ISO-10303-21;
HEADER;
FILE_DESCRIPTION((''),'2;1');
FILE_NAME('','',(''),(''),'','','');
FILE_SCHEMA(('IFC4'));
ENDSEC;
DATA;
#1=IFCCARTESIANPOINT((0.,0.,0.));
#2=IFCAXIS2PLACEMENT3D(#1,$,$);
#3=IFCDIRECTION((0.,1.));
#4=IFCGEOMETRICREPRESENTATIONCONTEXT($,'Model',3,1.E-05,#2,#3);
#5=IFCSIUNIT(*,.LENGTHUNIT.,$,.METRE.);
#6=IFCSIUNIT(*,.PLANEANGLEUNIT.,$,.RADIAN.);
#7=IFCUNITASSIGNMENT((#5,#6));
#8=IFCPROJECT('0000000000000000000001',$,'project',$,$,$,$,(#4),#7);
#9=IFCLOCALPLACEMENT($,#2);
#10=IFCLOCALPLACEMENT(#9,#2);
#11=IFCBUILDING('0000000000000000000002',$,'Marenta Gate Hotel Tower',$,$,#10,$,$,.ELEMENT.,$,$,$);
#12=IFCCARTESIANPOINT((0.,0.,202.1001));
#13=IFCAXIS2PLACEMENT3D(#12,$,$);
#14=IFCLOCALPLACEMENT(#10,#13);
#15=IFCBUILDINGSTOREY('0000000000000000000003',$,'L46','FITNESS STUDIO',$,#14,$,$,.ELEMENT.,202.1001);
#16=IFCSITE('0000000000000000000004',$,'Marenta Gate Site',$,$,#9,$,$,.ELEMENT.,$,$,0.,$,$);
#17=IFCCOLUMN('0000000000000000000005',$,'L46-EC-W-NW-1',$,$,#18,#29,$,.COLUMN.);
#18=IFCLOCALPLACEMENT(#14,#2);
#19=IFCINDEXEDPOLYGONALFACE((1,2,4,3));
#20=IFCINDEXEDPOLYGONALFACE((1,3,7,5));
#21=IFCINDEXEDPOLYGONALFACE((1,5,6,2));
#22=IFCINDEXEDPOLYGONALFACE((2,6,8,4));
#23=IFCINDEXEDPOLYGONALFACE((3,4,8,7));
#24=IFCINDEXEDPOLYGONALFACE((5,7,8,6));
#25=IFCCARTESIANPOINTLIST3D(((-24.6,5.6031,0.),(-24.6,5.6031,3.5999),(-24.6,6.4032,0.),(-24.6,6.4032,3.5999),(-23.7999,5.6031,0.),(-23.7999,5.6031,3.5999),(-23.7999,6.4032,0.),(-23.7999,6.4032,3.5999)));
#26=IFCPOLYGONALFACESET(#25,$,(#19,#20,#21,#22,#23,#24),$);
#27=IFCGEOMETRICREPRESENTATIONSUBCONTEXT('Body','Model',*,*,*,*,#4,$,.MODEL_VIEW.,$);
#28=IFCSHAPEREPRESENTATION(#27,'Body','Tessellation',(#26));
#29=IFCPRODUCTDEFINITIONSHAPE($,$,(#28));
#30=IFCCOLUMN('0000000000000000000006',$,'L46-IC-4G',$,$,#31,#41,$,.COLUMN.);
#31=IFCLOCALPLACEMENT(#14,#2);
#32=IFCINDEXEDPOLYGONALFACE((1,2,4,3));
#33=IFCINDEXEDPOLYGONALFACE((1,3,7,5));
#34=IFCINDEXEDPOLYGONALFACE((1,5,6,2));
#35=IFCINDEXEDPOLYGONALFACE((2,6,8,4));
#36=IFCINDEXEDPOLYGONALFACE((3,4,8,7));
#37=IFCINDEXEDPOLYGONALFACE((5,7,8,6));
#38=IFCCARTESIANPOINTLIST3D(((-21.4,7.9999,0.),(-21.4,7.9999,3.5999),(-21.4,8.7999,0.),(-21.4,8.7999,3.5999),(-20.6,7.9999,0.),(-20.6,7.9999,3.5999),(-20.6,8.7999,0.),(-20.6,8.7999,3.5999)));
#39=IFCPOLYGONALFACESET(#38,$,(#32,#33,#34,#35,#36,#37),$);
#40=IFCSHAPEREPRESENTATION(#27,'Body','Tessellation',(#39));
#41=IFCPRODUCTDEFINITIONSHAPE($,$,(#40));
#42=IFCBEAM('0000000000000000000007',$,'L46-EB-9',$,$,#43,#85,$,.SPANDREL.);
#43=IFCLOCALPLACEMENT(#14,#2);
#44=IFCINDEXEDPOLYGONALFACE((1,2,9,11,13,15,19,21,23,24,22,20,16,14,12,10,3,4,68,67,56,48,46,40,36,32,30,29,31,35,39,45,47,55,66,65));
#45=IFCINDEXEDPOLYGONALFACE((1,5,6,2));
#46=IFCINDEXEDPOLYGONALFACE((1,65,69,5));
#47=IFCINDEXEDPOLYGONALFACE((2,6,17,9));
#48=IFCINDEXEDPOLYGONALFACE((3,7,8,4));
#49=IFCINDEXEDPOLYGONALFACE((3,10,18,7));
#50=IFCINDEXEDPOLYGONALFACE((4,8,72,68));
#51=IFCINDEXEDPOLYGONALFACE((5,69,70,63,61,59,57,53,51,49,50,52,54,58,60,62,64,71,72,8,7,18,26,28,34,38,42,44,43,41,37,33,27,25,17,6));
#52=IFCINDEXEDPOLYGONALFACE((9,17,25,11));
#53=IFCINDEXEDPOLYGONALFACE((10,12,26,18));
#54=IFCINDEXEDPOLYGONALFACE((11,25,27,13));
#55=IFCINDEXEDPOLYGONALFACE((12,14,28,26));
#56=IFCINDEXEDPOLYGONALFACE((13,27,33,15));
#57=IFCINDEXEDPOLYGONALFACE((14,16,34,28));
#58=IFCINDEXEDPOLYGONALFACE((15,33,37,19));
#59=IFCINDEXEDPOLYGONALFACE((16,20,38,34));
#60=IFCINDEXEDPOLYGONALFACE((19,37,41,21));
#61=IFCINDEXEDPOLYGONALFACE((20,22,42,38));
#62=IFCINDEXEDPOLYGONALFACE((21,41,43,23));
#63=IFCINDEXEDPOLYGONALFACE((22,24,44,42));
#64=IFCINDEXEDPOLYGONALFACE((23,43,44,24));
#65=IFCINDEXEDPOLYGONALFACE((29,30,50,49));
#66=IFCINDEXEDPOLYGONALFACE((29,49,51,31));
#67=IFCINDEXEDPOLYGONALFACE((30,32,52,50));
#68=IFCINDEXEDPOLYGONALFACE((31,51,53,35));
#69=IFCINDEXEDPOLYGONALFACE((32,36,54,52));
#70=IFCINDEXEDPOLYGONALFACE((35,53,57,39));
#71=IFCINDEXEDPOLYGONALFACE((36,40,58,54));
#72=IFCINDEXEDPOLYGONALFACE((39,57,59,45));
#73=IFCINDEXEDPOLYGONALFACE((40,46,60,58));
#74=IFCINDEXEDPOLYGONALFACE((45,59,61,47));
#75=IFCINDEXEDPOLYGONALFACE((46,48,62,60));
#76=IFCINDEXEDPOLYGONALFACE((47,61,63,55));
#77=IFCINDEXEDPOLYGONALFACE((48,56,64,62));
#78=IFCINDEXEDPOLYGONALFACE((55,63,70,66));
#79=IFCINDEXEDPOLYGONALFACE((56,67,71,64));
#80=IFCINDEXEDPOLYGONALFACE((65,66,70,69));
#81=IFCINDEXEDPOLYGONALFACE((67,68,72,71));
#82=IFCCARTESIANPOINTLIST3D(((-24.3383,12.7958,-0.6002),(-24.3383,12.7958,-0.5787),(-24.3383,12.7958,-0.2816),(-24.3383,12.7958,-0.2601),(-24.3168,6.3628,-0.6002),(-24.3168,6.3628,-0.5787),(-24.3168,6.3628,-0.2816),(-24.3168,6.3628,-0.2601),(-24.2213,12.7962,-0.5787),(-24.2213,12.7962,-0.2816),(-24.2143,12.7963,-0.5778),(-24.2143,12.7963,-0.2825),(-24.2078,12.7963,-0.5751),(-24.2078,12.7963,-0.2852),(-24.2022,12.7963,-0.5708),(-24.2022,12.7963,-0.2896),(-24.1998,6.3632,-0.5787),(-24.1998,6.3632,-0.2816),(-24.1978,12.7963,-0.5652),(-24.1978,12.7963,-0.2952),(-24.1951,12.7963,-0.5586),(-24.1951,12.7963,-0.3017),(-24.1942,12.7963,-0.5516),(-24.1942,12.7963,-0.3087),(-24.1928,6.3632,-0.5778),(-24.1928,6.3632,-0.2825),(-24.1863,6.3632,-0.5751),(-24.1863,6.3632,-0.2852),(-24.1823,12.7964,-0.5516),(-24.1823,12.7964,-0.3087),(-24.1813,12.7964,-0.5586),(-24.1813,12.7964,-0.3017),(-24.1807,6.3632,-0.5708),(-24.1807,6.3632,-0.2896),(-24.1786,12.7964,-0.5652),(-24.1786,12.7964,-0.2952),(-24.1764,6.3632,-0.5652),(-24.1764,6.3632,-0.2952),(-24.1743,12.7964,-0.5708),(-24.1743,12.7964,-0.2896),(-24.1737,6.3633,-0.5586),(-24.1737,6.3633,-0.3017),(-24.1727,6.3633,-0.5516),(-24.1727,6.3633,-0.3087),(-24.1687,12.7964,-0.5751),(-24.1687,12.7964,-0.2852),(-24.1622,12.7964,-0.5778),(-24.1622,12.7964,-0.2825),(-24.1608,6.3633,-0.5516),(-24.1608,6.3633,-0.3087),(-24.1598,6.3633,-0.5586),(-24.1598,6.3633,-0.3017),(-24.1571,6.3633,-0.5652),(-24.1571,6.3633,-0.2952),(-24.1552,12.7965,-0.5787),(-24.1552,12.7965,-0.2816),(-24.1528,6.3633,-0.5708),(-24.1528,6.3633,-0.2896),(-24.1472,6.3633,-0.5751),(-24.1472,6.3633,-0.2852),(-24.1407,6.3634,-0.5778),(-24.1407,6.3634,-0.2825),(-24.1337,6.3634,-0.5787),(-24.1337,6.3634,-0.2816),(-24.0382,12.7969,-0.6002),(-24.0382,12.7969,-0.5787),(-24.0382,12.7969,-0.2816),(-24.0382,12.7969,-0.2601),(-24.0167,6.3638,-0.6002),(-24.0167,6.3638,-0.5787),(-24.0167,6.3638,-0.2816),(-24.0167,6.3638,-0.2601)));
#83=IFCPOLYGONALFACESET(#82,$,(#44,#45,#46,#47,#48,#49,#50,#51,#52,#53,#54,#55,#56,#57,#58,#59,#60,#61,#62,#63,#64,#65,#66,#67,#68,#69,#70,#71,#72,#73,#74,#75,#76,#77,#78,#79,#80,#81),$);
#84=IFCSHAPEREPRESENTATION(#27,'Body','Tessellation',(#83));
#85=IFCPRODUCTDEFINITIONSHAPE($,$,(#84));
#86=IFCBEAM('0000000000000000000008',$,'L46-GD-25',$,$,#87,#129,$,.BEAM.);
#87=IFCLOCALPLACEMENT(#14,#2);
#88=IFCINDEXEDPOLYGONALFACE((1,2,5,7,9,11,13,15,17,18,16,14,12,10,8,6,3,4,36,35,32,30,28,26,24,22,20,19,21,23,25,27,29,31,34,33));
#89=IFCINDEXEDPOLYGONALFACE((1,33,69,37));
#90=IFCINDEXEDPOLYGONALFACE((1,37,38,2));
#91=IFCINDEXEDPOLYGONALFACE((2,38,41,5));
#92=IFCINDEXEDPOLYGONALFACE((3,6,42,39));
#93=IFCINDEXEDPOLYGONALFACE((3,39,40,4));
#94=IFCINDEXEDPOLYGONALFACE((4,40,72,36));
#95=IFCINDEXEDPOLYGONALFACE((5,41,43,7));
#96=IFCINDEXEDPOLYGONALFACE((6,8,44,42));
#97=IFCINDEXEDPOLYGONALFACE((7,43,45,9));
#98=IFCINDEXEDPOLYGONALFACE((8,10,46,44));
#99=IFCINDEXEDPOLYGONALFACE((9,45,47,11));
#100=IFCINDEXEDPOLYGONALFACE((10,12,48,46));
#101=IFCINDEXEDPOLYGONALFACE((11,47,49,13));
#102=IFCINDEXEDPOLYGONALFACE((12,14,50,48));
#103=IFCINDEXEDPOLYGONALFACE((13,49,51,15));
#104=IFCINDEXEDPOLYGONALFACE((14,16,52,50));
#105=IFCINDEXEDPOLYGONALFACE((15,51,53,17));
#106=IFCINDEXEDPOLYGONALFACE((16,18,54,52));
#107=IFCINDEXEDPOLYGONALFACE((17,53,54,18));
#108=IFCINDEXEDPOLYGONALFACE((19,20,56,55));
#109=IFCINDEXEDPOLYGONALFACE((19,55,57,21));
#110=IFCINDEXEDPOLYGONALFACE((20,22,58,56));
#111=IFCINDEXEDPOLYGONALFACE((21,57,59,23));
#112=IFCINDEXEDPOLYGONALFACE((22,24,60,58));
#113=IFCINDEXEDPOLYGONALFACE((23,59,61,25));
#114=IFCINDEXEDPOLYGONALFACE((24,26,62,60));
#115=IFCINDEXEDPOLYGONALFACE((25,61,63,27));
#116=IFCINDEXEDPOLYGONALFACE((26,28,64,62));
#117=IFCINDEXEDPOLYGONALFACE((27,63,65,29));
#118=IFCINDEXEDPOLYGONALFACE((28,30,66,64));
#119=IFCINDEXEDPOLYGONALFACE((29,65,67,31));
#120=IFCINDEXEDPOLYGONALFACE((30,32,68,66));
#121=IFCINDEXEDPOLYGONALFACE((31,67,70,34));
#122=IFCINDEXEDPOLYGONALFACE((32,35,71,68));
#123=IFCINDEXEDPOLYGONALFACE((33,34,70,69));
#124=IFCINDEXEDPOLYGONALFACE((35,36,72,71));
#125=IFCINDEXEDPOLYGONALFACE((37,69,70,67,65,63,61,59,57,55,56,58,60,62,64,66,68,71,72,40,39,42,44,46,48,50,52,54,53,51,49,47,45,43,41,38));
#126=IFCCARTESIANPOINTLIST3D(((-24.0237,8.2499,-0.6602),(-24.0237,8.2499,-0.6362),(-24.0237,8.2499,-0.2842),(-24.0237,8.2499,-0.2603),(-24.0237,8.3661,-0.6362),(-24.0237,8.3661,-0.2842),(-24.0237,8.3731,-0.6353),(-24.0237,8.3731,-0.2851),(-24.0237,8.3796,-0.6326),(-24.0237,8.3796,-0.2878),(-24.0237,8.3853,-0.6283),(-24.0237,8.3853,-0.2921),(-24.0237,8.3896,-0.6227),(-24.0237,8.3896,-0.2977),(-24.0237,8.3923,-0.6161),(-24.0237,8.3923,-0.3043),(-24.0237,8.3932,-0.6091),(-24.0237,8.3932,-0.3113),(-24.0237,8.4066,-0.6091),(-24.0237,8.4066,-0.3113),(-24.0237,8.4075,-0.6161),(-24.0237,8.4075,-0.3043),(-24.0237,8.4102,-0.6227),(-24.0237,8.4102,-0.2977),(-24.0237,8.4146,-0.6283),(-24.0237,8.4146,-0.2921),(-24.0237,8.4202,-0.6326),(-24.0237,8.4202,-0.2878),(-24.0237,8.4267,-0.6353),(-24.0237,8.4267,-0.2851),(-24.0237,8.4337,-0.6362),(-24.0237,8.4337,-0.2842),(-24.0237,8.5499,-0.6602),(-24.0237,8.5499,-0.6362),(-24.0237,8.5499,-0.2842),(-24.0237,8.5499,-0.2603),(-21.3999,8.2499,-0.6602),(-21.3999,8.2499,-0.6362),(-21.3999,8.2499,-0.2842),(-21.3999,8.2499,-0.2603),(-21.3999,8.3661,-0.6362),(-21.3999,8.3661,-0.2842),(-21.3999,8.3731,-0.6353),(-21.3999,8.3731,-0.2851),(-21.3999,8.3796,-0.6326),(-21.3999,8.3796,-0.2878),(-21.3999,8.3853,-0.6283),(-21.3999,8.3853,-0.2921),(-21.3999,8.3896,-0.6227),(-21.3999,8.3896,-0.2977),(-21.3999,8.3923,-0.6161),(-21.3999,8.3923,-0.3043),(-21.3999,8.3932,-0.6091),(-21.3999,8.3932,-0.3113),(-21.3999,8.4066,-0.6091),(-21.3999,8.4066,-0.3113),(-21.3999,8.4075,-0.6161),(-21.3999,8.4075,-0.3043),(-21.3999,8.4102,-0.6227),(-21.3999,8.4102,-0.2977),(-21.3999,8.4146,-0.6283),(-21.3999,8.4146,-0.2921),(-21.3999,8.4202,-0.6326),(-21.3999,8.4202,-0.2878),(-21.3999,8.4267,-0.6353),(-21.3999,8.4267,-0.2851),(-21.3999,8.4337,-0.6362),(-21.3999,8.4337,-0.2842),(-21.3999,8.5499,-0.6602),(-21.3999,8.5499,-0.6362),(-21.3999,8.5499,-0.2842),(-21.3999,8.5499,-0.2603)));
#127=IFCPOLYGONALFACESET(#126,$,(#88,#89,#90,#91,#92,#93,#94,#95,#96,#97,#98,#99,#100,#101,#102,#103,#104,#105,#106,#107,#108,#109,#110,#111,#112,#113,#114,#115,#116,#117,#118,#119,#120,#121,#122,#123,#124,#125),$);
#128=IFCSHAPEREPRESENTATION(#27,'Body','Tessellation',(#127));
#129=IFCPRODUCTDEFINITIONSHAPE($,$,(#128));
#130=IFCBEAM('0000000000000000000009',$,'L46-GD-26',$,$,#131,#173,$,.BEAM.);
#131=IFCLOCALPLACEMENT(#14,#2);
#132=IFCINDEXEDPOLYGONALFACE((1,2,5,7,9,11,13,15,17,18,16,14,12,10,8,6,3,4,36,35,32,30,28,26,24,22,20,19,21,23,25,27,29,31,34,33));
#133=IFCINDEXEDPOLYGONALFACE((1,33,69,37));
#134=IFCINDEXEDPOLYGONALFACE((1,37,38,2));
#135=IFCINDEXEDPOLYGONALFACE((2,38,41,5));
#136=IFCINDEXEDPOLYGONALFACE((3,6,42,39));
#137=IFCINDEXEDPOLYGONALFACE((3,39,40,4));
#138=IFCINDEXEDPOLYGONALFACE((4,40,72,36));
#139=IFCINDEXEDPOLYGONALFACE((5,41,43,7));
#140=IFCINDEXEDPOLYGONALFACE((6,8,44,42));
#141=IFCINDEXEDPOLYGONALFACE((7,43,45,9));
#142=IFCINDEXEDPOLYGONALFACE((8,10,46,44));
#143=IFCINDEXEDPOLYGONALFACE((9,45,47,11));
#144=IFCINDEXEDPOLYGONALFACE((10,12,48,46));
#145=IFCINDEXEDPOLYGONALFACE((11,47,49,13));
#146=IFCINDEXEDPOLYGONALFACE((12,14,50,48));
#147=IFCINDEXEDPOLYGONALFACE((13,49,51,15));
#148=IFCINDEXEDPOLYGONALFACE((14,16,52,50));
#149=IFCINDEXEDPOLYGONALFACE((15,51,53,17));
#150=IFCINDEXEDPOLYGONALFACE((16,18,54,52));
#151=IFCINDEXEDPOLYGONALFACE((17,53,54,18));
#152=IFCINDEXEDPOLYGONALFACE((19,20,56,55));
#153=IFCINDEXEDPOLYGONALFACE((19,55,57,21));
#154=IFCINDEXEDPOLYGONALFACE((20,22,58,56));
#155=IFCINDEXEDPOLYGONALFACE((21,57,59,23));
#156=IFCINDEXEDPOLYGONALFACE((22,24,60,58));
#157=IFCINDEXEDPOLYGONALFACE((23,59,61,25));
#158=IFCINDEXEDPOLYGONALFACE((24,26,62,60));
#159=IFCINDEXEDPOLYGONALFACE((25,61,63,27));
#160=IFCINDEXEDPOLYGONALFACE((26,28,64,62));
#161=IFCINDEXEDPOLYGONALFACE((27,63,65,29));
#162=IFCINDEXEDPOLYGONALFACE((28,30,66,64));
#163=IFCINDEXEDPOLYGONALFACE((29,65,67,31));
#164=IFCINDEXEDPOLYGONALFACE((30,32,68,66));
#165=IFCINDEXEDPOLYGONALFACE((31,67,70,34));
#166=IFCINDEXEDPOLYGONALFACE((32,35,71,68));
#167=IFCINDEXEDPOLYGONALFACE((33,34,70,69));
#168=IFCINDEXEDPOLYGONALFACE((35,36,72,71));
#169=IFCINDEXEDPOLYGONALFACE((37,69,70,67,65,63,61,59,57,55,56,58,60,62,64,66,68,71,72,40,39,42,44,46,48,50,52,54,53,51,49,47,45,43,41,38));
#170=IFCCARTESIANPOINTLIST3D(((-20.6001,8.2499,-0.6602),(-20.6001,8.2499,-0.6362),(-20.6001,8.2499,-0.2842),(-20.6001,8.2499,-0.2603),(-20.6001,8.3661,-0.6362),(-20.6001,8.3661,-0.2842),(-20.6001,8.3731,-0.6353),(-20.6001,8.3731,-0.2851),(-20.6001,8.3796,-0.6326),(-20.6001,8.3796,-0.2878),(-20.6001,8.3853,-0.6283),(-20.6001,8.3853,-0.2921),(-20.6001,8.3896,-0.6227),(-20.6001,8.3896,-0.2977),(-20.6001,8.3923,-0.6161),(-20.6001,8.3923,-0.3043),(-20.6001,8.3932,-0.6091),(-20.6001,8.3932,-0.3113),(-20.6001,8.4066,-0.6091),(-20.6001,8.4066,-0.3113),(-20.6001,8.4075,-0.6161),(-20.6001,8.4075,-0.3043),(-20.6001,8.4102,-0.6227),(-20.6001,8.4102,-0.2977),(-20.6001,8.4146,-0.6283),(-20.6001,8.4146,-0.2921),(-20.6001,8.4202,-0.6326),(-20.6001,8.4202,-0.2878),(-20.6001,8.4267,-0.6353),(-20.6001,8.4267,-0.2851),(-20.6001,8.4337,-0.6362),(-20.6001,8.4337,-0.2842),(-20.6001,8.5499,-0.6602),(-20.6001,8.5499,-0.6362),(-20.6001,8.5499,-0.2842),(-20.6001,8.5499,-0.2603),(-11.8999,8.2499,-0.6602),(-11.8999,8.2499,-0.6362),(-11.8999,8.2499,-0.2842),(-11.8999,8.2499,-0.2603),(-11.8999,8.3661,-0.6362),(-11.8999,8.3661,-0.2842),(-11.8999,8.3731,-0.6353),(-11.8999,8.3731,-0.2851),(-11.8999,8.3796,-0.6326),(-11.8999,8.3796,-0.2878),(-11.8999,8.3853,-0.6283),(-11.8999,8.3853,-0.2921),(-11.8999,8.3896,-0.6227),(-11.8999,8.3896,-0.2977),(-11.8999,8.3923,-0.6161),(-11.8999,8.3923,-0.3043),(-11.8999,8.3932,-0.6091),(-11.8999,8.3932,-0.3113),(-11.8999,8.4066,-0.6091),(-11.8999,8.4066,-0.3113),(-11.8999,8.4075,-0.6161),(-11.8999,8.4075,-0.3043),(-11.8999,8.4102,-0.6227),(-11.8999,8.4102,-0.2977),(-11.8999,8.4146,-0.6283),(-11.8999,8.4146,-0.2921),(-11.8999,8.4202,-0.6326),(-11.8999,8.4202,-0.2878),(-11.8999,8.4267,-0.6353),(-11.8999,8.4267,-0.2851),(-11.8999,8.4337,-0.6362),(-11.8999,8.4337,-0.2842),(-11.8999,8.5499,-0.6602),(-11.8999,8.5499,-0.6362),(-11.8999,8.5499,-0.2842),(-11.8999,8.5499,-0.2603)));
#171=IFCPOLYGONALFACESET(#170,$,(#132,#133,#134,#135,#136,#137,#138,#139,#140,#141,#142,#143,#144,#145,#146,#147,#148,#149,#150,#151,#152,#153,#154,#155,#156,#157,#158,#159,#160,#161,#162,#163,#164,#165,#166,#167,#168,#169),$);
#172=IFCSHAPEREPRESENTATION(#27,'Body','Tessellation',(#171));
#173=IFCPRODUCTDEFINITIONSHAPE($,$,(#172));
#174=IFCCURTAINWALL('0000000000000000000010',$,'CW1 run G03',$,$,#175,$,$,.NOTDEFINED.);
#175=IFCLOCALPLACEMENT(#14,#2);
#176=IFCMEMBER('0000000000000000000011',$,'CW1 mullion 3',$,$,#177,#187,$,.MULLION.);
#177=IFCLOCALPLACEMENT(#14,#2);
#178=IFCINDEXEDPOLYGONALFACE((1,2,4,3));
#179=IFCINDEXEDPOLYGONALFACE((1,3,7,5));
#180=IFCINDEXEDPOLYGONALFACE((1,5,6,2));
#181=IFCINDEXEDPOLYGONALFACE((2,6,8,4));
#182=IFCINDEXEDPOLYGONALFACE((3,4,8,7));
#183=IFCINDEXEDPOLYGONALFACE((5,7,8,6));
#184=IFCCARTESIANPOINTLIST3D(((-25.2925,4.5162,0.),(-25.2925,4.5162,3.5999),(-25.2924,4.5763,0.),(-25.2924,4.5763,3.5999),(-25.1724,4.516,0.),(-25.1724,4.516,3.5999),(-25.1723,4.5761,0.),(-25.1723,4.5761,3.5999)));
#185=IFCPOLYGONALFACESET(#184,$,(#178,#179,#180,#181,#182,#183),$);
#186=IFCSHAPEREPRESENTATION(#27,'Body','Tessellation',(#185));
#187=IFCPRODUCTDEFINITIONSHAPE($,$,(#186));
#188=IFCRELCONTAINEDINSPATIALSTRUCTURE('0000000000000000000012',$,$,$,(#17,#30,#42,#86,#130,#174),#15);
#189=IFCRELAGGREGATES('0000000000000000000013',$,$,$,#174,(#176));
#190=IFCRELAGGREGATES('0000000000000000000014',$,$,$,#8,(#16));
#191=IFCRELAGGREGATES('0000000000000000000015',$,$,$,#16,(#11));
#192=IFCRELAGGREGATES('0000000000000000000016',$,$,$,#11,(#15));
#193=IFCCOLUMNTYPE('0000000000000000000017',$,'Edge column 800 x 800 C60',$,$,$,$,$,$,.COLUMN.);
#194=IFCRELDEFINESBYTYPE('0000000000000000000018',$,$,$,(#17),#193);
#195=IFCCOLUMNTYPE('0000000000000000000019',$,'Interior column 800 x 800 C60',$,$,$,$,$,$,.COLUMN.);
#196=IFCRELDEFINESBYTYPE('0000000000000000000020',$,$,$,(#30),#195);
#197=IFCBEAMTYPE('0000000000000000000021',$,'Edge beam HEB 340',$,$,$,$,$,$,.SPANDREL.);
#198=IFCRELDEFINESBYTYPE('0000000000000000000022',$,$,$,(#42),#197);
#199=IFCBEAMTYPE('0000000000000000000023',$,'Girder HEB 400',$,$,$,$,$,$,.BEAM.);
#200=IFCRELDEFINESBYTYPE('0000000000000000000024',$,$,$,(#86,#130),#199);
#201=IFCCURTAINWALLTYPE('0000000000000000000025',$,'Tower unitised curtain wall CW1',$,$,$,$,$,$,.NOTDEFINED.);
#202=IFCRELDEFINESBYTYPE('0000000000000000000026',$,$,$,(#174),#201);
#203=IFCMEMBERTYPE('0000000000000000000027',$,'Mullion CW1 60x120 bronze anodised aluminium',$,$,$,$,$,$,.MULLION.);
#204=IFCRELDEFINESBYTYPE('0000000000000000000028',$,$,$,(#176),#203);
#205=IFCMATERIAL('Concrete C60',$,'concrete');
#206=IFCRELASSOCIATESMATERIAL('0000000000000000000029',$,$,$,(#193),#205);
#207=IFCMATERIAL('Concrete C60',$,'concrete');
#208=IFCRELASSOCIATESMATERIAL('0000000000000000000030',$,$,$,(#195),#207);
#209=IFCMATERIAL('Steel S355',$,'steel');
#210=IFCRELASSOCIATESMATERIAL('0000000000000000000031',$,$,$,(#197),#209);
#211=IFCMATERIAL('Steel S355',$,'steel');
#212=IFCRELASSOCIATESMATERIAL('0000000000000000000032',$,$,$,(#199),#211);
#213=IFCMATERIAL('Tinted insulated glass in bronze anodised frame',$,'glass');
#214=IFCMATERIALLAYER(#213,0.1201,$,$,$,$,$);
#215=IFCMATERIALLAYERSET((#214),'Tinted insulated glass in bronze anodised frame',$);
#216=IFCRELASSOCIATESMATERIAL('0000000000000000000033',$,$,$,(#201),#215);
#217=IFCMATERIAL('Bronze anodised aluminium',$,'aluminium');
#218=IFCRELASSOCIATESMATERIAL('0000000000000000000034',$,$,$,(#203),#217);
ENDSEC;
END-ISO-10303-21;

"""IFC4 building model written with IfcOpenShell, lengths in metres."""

from ifc_helpers import new_model, si_unit, direction, frame, origin, origin_2d, place, context, subcontext, project, spatial, rectangle, i_section, extrude, material, layer, layer_set, material_profile, profile_set, type_object, element, aggregate, save


model = new_model("IFC4")

# Units and contexts
model_context = context("Model", 3, precision=1e-05, world=origin(), true_north=direction((0.0, 1.0)))
body_context = subcontext(model_context, "Body", "Model", "MODEL_VIEW")
ifc_project = project(units=[si_unit("LENGTHUNIT", "METRE"), si_unit("PLANEANGLEUNIT", "RADIAN")], contexts=[model_context])

# Site, building, storey
site_placement = place(None, origin())
site = spatial("IfcSite", under=ifc_project, at=site_placement, Name="Marenta Gate Site", CompositionType="ELEMENT", RefElevation=0.0)
building_placement = place(site_placement, origin())
building = spatial("IfcBuilding", under=site, at=building_placement, Name="Marenta Gate Hotel Tower", CompositionType="ELEMENT")
storey_placement = place(building_placement, frame((0.0, 0.0, 202.1001)))
storey = spatial("IfcBuildingStorey", under=building, at=storey_placement, Name="L46", Description="FITNESS STUDIO", CompositionType="ELEMENT", Elevation=202.1001)

# Columns
ifc_material_1 = material(Name="Concrete C60", Category="concrete")
ifc_material_profile_1 = material_profile(ifc_material_1, rectangle(XDim=0.8, YDim=0.8, at=origin_2d()), Name="800 x 800")
ifc_profile_set_1 = profile_set([ifc_material_profile_1], Name="Concrete C60")
column_type_1 = type_object("IfcColumnType", Name="Edge column 800 x 800 C60", PredefinedType="COLUMN", material=ifc_profile_set_1)
column_1_placement = place(storey_placement, frame((-24.2, 6.0032, 0.0), z_axis=(0.0, 0.0, 1.0), x_axis=(1.0, 0.0, 0.0)))
element("IfcColumn", 1, at=column_1_placement, inside=storey, type_object=column_type_1, Name="L46-EC-W-NW-1", PredefinedType="COLUMN", context=body_context, shape_type="SweptSolid", body=[
    extrude(rectangle(XDim=0.8, YDim=0.8, at=origin_2d()), origin(), (0.0, 0.0, 1.0), 3.5999),
])
ifc_material_2 = material(Name="Concrete C60", Category="concrete")
ifc_material_profile_2 = material_profile(ifc_material_2, rectangle(XDim=0.8, YDim=0.8, at=origin_2d()), Name="800 x 800")
ifc_profile_set_2 = profile_set([ifc_material_profile_2], Name="Concrete C60")
column_type_2 = type_object("IfcColumnType", Name="Interior column 800 x 800 C60", PredefinedType="COLUMN", material=ifc_profile_set_2)
column_2_placement = place(storey_placement, frame((-21.0, 8.3999, 0.0), z_axis=(0.0, 0.0, 1.0), x_axis=(1.0, 0.0, 0.0)))
element("IfcColumn", 2, at=column_2_placement, inside=storey, type_object=column_type_2, Name="L46-IC-4G", PredefinedType="COLUMN", context=body_context, shape_type="SweptSolid", body=[
    extrude(rectangle(XDim=0.8, YDim=0.8, at=origin_2d()), origin(), (0.0, 0.0, 1.0), 3.5999),
])

# Beams
ifc_material_3 = material(Name="Steel S355", Category="steel")
ifc_material_profile_3 = material_profile(ifc_material_3, i_section(OverallWidth=0.3, OverallDepth=0.3401, WebThickness=0.012, FlangeThickness=0.0215, FilletRadius=0.0271, at=origin_2d()), Name="HEB 340")
ifc_profile_set_3 = profile_set([ifc_material_profile_3], Name="Steel S355")
beam_type_1 = type_object("IfcBeamType", Name="Edge beam HEB 340", PredefinedType="SPANDREL", material=ifc_profile_set_3)
beam_1_placement = place(storey_placement, frame((-24.1667, 6.3633, -0.4302), z_axis=(-0.00334, 0.999994, 0.0), x_axis=(-0.999994, -0.00334, 0.0)))
element("IfcBeam", 3, at=beam_1_placement, inside=storey, type_object=beam_type_1, Name="L46-EB-9", PredefinedType="SPANDREL", context=body_context, shape_type="SweptSolid", body=[
    extrude(i_section(OverallWidth=0.3, OverallDepth=0.3401, WebThickness=0.012, FlangeThickness=0.0215, FilletRadius=0.0271, at=origin_2d()), origin(), (0.0, 0.0, 1.0), 6.4331),
])
ifc_material_4 = material(Name="Steel S355", Category="steel")
ifc_material_profile_4 = material_profile(ifc_material_4, i_section(OverallWidth=0.3, OverallDepth=0.3999, WebThickness=0.0134, FlangeThickness=0.0239, FilletRadius=0.0271, at=origin_2d()), Name="HEB 400")
ifc_profile_set_4 = profile_set([ifc_material_profile_4], Name="Steel S355")
beam_type_2 = type_object("IfcBeamType", Name="Girder HEB 400", PredefinedType="BEAM", material=ifc_profile_set_4)
beam_2_placement = place(storey_placement, frame((-24.0237, 8.3999, -0.4602), z_axis=(1.0, 0.0, 0.0), x_axis=(0.0, 1.0, 0.0)))
element("IfcBeam", 4, at=beam_2_placement, inside=storey, type_object=beam_type_2, Name="L46-GD-25", PredefinedType="BEAM", context=body_context, shape_type="SweptSolid", body=[
    extrude(i_section(OverallWidth=0.3, OverallDepth=0.3999, WebThickness=0.0134, FlangeThickness=0.0239, FilletRadius=0.0271, at=origin_2d()), origin(), (0.0, 0.0, 1.0), 2.6238),
])
beam_3_placement = place(storey_placement, frame((-20.6001, 8.3999, -0.4602), z_axis=(1.0, 0.0, 0.0), x_axis=(0.0, 1.0, 0.0)))
element("IfcBeam", 5, at=beam_3_placement, inside=storey, type_object=beam_type_2, Name="L46-GD-26", PredefinedType="BEAM", context=body_context, shape_type="SweptSolid", body=[
    extrude(i_section(OverallWidth=0.3, OverallDepth=0.3999, WebThickness=0.0134, FlangeThickness=0.0239, FilletRadius=0.0271, at=origin_2d()), origin(), (0.0, 0.0, 1.0), 8.7002),
])

# Curtain wall, member
ifc_material_5 = material(Name="Tinted insulated glass in bronze anodised frame", Category="glass")
ifc_layer_1 = layer(ifc_material_5, 0.1201)
ifc_layer_set_1 = layer_set([ifc_layer_1], Name="Tinted insulated glass in bronze anodised frame")
curtain_wall_type = type_object("IfcCurtainWallType", Name="Tower unitised curtain wall CW1", PredefinedType="NOTDEFINED", material=ifc_layer_set_1)
curtain_wall_placement = place(storey_placement, origin())
curtain_wall = element("IfcCurtainWall", 6, at=curtain_wall_placement, inside=storey, type_object=curtain_wall_type, Name="CW1 run G03", PredefinedType="NOTDEFINED")
ifc_material_6 = material(Name="Bronze anodised aluminium", Category="aluminium")
ifc_material_profile_5 = material_profile(ifc_material_6, rectangle(XDim=0.1201, YDim=0.0601, at=origin_2d()), Name="Mullion CW1 60x120 bronze anodised aluminium")
ifc_profile_set_5 = profile_set([ifc_material_profile_5], Name="Bronze anodised aluminium")
member_type_1 = type_object("IfcMemberType", Name="Mullion CW1 60x120 bronze anodised aluminium", PredefinedType="MULLION", material=ifc_profile_set_5)
member_1_placement = place(storey_placement, frame((-25.2324, 4.5461, 0.0), z_axis=(0.0, 0.0, 1.0), x_axis=(0.999999, -0.001566, 0.0)))
member_1 = element("IfcMember", 7, at=member_1_placement, type_object=member_type_1, Name="CW1 mullion 3", PredefinedType="MULLION", context=body_context, shape_type="SweptSolid", body=[
    extrude(rectangle(XDim=0.1201, YDim=0.0601, at=origin_2d()), origin(), (0.0, 0.0, 1.0), 3.5999),
])
aggregate(curtain_wall, [member_1])

save(model, "model.ifc")
